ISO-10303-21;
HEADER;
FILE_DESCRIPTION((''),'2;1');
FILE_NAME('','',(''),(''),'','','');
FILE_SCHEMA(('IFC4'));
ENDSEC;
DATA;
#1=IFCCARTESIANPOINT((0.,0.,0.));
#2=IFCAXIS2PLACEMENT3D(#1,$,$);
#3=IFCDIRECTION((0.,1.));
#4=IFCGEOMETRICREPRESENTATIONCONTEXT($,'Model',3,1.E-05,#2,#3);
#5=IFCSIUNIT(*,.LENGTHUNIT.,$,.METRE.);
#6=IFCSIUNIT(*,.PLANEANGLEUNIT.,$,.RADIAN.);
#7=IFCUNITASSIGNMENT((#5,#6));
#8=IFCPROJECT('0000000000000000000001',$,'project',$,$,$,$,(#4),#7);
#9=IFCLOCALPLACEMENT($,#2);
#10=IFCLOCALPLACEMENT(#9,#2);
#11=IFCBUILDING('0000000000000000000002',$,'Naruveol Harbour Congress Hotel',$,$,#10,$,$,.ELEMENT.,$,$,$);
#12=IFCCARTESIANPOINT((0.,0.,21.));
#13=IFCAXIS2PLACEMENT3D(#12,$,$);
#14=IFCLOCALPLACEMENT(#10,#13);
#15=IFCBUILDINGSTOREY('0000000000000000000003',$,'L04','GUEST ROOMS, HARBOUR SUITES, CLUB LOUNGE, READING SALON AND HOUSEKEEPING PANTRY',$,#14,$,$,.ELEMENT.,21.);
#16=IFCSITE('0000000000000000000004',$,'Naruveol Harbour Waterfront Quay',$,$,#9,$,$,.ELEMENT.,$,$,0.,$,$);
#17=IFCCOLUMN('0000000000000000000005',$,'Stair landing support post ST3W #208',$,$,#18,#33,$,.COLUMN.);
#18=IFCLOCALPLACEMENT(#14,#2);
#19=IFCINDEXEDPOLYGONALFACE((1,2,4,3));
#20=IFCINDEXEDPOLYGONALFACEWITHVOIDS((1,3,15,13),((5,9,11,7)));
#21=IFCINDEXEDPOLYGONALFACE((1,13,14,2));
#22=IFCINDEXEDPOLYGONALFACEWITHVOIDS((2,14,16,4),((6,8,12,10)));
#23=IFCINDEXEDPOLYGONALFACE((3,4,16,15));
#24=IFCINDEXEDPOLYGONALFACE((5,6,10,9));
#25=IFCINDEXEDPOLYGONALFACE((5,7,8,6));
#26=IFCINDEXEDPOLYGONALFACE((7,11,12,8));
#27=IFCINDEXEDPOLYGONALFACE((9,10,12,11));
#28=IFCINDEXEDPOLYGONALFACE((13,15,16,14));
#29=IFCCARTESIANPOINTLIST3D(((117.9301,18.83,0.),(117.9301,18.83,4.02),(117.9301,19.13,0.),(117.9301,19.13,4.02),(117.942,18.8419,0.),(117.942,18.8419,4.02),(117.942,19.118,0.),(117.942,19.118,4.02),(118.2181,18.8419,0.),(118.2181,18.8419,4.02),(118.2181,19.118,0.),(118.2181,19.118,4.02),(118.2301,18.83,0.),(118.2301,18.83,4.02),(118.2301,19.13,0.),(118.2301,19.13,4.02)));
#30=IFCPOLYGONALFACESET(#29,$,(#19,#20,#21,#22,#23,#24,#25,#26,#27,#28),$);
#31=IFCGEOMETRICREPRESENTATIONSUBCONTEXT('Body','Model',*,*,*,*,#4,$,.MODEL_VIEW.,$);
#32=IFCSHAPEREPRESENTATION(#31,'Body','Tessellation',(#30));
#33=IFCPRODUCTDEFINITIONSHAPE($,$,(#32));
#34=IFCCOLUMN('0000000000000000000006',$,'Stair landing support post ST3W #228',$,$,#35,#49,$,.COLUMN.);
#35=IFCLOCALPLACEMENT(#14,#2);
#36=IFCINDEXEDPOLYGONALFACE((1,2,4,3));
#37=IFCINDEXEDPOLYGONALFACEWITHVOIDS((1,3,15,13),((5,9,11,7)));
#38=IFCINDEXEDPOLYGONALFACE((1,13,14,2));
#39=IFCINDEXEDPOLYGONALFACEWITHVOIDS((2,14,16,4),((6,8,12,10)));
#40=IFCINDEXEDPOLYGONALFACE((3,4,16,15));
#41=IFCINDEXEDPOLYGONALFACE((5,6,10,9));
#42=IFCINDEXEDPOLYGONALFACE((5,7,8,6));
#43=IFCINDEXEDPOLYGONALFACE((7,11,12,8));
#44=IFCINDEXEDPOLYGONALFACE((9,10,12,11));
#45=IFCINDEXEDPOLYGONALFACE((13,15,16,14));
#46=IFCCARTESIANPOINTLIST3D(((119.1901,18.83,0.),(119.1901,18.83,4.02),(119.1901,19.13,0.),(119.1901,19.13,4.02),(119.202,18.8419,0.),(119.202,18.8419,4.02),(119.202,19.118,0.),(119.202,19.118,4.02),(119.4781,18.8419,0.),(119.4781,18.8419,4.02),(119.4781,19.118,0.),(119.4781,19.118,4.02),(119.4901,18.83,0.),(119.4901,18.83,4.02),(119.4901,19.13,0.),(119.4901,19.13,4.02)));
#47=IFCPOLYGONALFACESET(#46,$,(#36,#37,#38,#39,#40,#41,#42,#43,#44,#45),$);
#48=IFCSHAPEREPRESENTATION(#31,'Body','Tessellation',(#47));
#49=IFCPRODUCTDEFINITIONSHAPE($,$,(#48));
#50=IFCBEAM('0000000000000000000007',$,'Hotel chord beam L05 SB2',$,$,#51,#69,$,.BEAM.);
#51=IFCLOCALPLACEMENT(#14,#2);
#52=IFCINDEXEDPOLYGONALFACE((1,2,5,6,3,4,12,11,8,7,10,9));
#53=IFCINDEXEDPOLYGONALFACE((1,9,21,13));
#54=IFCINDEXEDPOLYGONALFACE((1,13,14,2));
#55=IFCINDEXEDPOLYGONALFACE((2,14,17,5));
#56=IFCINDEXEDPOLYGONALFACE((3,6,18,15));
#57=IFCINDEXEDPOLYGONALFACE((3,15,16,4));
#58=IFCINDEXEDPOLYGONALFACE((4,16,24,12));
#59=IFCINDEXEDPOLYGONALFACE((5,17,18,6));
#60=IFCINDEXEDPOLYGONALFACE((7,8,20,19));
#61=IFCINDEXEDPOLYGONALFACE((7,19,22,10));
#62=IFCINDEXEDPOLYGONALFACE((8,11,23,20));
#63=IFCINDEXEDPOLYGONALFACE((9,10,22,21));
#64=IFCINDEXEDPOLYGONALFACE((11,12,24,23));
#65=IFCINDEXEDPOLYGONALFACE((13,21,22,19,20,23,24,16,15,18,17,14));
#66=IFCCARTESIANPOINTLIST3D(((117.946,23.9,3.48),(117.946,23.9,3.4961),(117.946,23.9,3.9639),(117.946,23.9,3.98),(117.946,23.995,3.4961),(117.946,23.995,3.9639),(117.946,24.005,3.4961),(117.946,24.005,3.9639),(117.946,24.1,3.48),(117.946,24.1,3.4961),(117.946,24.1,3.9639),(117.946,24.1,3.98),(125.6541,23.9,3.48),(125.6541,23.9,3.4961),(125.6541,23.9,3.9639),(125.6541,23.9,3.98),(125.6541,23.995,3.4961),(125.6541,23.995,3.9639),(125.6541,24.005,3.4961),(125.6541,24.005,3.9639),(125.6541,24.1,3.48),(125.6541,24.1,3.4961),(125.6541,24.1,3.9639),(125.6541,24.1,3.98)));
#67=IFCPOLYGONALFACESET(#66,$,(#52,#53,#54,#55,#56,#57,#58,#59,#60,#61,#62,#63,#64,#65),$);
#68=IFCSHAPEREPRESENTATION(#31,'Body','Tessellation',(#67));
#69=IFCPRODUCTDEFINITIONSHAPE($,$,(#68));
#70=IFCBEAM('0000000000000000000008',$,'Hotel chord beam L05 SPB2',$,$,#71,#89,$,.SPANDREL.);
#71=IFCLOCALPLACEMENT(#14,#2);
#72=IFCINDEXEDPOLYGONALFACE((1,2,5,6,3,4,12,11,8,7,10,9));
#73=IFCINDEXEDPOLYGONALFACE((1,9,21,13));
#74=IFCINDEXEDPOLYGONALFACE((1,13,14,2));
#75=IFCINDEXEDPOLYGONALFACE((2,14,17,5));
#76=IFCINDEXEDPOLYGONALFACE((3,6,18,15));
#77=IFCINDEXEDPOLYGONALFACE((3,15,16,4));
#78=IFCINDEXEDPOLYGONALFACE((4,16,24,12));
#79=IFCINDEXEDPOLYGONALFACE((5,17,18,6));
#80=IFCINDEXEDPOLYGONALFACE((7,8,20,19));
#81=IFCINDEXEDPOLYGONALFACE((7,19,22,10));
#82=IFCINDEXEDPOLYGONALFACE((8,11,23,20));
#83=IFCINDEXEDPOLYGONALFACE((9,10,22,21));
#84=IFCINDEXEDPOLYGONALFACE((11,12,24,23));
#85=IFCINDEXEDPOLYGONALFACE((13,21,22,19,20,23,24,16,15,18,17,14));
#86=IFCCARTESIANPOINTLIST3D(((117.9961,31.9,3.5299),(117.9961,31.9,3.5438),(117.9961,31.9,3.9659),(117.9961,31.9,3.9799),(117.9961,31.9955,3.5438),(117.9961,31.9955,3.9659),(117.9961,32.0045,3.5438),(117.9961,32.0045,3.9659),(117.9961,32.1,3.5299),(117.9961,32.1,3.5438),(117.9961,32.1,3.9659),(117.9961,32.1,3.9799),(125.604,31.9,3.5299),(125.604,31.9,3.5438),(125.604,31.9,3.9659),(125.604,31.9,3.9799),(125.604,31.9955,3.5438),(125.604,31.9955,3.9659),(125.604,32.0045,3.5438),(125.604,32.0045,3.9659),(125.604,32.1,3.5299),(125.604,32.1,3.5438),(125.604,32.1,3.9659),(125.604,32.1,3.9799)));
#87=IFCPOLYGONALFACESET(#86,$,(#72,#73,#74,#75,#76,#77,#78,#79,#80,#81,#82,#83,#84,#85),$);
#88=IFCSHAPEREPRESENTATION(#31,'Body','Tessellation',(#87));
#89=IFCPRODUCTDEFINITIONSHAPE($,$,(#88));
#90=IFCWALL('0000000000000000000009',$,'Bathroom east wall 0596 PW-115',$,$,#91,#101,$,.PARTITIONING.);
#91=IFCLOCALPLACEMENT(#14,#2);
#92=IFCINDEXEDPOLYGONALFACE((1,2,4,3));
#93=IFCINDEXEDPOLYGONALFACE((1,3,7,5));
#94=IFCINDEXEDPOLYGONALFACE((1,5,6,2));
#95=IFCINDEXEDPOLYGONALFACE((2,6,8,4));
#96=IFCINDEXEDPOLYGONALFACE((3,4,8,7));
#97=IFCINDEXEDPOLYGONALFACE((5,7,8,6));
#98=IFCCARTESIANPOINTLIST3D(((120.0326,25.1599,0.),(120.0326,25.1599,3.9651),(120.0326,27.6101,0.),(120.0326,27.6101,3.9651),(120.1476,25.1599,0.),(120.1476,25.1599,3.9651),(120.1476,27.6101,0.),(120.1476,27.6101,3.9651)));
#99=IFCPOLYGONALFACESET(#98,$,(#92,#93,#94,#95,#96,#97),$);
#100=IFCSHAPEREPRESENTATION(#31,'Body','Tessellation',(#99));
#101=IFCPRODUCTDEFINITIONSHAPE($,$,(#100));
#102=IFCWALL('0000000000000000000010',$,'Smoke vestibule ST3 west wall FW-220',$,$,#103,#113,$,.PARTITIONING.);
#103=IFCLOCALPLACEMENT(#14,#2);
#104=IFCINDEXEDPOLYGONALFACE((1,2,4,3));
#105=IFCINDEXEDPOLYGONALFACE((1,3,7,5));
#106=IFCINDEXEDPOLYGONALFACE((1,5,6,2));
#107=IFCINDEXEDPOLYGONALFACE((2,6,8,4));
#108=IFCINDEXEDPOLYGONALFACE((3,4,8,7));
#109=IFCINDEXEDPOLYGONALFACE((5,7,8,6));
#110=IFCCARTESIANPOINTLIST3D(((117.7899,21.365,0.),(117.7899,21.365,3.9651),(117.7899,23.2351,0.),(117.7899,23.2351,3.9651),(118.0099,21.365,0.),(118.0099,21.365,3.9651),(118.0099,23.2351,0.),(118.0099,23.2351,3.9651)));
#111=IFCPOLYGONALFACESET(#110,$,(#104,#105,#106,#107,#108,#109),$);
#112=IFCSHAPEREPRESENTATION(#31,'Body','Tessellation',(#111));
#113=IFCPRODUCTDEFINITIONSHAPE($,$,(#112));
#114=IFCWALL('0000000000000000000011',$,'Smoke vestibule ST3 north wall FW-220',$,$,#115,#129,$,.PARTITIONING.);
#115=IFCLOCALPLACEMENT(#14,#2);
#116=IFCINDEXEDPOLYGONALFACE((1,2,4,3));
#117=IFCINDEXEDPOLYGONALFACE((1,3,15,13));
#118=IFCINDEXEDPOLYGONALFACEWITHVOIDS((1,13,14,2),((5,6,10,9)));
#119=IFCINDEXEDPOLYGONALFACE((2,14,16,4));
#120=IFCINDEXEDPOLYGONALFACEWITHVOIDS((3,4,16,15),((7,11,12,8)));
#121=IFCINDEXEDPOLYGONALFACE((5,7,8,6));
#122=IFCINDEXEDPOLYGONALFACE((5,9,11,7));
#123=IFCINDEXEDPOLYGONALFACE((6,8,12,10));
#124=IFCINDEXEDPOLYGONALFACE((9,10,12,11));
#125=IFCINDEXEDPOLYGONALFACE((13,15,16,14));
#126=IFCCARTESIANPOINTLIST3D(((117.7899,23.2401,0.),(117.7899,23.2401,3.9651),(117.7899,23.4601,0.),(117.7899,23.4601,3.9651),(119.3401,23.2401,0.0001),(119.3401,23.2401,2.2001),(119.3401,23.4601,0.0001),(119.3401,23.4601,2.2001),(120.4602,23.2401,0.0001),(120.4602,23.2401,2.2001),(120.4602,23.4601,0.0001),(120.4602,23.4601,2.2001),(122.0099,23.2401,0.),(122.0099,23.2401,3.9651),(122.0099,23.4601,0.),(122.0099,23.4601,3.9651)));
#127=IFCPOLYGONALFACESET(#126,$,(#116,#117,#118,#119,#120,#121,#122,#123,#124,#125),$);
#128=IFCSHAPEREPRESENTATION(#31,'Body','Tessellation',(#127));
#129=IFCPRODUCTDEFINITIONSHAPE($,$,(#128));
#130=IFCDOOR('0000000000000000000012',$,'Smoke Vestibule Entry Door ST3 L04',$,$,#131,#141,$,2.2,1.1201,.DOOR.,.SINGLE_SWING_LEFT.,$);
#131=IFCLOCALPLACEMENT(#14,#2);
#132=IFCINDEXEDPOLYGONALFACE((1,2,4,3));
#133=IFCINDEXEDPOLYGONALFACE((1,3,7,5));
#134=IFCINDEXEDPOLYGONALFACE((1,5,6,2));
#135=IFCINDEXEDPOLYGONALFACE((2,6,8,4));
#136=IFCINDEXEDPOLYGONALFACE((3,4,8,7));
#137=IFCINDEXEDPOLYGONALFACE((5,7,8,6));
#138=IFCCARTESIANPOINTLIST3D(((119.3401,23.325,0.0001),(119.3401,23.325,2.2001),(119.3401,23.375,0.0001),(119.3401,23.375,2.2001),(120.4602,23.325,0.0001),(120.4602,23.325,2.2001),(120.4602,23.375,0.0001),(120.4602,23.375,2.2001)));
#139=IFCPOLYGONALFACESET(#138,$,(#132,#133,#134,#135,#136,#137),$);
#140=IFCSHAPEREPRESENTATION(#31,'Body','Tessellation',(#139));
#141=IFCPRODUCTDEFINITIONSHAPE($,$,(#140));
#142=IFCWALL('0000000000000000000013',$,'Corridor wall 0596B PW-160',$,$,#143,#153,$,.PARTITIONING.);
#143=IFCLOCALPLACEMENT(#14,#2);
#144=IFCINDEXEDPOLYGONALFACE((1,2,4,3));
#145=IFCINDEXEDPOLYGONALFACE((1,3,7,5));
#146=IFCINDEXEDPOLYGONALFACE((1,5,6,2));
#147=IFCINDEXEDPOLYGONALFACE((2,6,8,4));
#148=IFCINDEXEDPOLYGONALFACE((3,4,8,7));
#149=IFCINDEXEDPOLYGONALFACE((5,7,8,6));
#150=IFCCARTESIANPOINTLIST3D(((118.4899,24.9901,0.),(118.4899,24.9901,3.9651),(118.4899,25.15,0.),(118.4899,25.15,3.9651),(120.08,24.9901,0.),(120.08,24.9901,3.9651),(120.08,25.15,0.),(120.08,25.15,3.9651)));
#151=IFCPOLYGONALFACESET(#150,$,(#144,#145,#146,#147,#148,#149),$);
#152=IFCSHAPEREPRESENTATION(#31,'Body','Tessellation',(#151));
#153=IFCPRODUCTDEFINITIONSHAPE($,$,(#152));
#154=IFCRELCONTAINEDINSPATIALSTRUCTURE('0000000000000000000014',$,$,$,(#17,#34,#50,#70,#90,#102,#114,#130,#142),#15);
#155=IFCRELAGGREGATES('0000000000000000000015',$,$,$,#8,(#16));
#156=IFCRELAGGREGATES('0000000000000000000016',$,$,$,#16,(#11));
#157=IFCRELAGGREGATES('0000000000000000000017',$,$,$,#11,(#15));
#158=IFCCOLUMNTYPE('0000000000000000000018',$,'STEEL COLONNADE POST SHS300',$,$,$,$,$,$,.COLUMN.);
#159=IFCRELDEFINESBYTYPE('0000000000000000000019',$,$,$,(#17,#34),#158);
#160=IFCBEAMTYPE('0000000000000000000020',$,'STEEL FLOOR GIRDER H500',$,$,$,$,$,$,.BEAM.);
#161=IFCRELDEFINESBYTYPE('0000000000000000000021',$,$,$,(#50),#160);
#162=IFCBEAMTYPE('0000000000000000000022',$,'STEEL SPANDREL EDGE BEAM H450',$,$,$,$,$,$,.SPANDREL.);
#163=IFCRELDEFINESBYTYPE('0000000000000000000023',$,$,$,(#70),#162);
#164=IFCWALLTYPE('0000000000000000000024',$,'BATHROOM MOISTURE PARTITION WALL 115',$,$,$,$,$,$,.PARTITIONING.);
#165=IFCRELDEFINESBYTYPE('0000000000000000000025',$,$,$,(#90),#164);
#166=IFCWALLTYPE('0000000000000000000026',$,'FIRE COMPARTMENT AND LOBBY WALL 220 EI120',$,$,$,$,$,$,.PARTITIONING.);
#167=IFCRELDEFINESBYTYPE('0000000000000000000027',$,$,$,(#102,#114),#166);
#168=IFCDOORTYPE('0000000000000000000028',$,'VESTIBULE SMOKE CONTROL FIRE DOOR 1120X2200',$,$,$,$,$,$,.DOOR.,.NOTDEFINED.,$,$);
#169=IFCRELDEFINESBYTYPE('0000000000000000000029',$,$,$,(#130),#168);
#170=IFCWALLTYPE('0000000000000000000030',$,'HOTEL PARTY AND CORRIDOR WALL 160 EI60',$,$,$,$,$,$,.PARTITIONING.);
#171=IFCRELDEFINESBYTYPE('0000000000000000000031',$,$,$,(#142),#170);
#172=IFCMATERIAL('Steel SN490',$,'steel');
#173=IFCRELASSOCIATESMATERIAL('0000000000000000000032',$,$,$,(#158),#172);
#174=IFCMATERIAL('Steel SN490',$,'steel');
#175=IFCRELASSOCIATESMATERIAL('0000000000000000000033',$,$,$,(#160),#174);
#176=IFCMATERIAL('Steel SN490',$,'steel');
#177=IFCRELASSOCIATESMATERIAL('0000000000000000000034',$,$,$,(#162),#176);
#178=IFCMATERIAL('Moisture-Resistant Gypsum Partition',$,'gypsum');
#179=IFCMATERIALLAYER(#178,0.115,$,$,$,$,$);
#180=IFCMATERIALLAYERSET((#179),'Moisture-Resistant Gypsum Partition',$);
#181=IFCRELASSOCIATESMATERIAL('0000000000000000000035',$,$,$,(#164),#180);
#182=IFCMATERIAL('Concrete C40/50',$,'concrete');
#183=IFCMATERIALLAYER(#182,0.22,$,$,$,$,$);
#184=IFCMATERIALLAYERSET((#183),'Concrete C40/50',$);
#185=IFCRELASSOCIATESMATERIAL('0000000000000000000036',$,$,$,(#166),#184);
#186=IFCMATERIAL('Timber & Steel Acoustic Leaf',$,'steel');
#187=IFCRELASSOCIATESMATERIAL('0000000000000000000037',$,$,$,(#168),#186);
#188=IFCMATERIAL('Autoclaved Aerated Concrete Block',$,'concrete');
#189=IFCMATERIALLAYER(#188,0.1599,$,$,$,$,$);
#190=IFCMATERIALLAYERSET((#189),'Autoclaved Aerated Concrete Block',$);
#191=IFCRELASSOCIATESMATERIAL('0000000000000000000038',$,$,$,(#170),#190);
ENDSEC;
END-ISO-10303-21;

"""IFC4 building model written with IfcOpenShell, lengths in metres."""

from ifc_helpers import new_model, si_unit, direction, frame, frame_2d, origin, origin_2d, place, context, subcontext, project, spatial, rectangle, hollow_rectangle, i_section, extrude, material, layer, layer_set, material_profile, profile_set, type_object, element, fill, save


model = new_model("IFC4")

# Units and contexts
model_context = context("Model", 3, precision=1e-05, world=origin(), true_north=direction((0.0, 1.0)))
body_context = subcontext(model_context, "Body", "Model", "MODEL_VIEW")
ifc_project = project(units=[si_unit("LENGTHUNIT", "METRE"), si_unit("PLANEANGLEUNIT", "RADIAN")], contexts=[model_context])

# Site, building, storey
site_placement = place(None, origin())
site = spatial("IfcSite", under=ifc_project, at=site_placement, Name="Naruveol Harbour Waterfront Quay", CompositionType="ELEMENT", RefElevation=0.0)
building_placement = place(site_placement, origin())
building = spatial("IfcBuilding", under=site, at=building_placement, Name="Naruveol Harbour Congress Hotel", CompositionType="ELEMENT")
storey_placement = place(building_placement, frame((0.0, 0.0, 21.0)))
storey = spatial("IfcBuildingStorey", under=building, at=storey_placement, Name="L04", Description="GUEST ROOMS, HARBOUR SUITES, CLUB LOUNGE, READING SALON AND HOUSEKEEPING PANTRY", CompositionType="ELEMENT", Elevation=21.0)

# Columns
ifc_material_1 = material(Name="Steel SN490", Category="steel")
ifc_material_profile_1 = material_profile(ifc_material_1, hollow_rectangle(XDim=0.3, YDim=0.3, WallThickness=0.012, at=origin_2d()), Name="SHS-300x300x12")
ifc_profile_set_1 = profile_set([ifc_material_profile_1], Name="Steel SN490")
column_type = type_object("IfcColumnType", Name="STEEL COLONNADE POST SHS300", PredefinedType="COLUMN", material=ifc_profile_set_1)
for number, where, z_axis, x_axis, name in (
    (1, (118.0801, 18.98, 0.0), (0.0, 0.0, 1.0), (1.0, 0.0, 0.0), "Stair landing support post ST3W #208"),
    (2, (119.3401, 18.98, 0.0), (0.0, 0.0, 1.0), (1.0, 0.0, 0.0), "Stair landing support post ST3W #228"),
):
    element("IfcColumn", number, at=place(storey_placement, frame(where, z_axis=z_axis, x_axis=x_axis)), inside=storey, type_object=column_type, Name=name, PredefinedType="COLUMN", context=body_context, shape_type="SweptSolid", body=[
        extrude(hollow_rectangle(XDim=0.3, YDim=0.3, WallThickness=0.012, at=origin_2d()), origin(), (0.0, 0.0, 1.0), 4.02),
    ])

# Beams
ifc_material_2 = material(Name="Steel SN490", Category="steel")
ifc_material_profile_2 = material_profile(ifc_material_2, i_section(OverallWidth=0.2, OverallDepth=0.5, WebThickness=0.01, FlangeThickness=0.0161, at=origin_2d()), Name="H-500x200x10x16")
ifc_profile_set_2 = profile_set([ifc_material_profile_2], Name="Steel SN490")
beam_type_1 = type_object("IfcBeamType", Name="STEEL FLOOR GIRDER H500", PredefinedType="BEAM", material=ifc_profile_set_2)
beam_1_placement = place(storey_placement, frame((117.946, 24.0, 3.73), z_axis=(1.0, 0.0, 0.0), x_axis=(0.0, 1.0, 0.0)))
element("IfcBeam", 3, at=beam_1_placement, inside=storey, type_object=beam_type_1, Name="Hotel chord beam L05 SB2", PredefinedType="BEAM", context=body_context, shape_type="SweptSolid", body=[
    extrude(i_section(OverallWidth=0.2, OverallDepth=0.5, WebThickness=0.01, FlangeThickness=0.0161, at=origin_2d()), origin(), (0.0, 0.0, 1.0), 7.708),
])
ifc_material_3 = material(Name="Steel SN490", Category="steel")
ifc_material_profile_3 = material_profile(ifc_material_3, i_section(OverallWidth=0.2, OverallDepth=0.45, WebThickness=0.009, FlangeThickness=0.0139, at=origin_2d()), Name="H-450x200x9x14")
ifc_profile_set_3 = profile_set([ifc_material_profile_3], Name="Steel SN490")
beam_type_2 = type_object("IfcBeamType", Name="STEEL SPANDREL EDGE BEAM H450", PredefinedType="SPANDREL", material=ifc_profile_set_3)
beam_2_placement = place(storey_placement, frame((117.9961, 32.0, 3.7549), z_axis=(1.0, 0.0, 0.0), x_axis=(0.0, 1.0, 0.0)))
element("IfcBeam", 4, at=beam_2_placement, inside=storey, type_object=beam_type_2, Name="Hotel chord beam L05 SPB2", PredefinedType="SPANDREL", context=body_context, shape_type="SweptSolid", body=[
    extrude(i_section(OverallWidth=0.2, OverallDepth=0.45, WebThickness=0.009, FlangeThickness=0.0139, at=origin_2d()), origin(), (0.0, 0.0, 1.0), 7.6079),
])

# Wall
ifc_material_4 = material(Name="Moisture-Resistant Gypsum Partition", Category="gypsum")
ifc_layer_1 = layer(ifc_material_4, 0.115)
ifc_layer_set_1 = layer_set([ifc_layer_1], Name="Moisture-Resistant Gypsum Partition")
wall_type_1 = type_object("IfcWallType", Name="BATHROOM MOISTURE PARTITION WALL 115", PredefinedType="PARTITIONING", material=ifc_layer_set_1)
wall_1_placement = place(storey_placement, frame((120.0901, 25.1599, 0.0), z_axis=(0.0, 0.0, 1.0), x_axis=(0.0, 1.0, 0.0)))
element("IfcWall", 5, at=wall_1_placement, inside=storey, type_object=wall_type_1, Name="Bathroom east wall 0596 PW-115", PredefinedType="PARTITIONING", context=body_context, shape_type="SweptSolid", body=[
    extrude(rectangle(XDim=2.4502, YDim=0.115, at=frame_2d((1.2251, 0.0))), origin(), (0.0, 0.0, 1.0), 3.9651),
])

# Wall
ifc_material_5 = material(Name="Concrete C40/50", Category="concrete")
ifc_layer_2 = layer(ifc_material_5, 0.22)
ifc_layer_set_2 = layer_set([ifc_layer_2], Name="Concrete C40/50")
wall_type_2 = type_object("IfcWallType", Name="FIRE COMPARTMENT AND LOBBY WALL 220 EI120", PredefinedType="PARTITIONING", material=ifc_layer_set_2)
wall_2_placement = place(storey_placement, frame((117.8999, 21.365, 0.0), z_axis=(0.0, 0.0, 1.0), x_axis=(0.0, 1.0, 0.0)))
element("IfcWall", 6, at=wall_2_placement, inside=storey, type_object=wall_type_2, Name="Smoke vestibule ST3 west wall FW-220", PredefinedType="PARTITIONING", context=body_context, shape_type="SweptSolid", body=[
    extrude(rectangle(XDim=1.8701, YDim=0.22, at=frame_2d((0.9351, 0.0))), origin(), (0.0, 0.0, 1.0), 3.9651),
])

# Wall, opening, door
wall_3_placement = place(storey_placement, frame((117.79, 23.3501, 0.0), z_axis=(0.0, 0.0, 1.0), x_axis=(1.0, 0.0, 0.0)))
wall_3 = element("IfcWall", 7, at=wall_3_placement, inside=storey, type_object=wall_type_2, Name="Smoke vestibule ST3 north wall FW-220", PredefinedType="PARTITIONING", context=body_context, shape_type="SweptSolid", body=[
    extrude(rectangle(XDim=4.22, YDim=0.22, at=frame_2d((2.1099, 0.0))), origin(), (0.0, 0.0, 1.0), 3.9651),
])
opening_1_placement = place(wall_3_placement, frame((1.55, 0.0, 0.0)))
opening_1 = element("IfcOpeningElement", 8, at=opening_1_placement, cuts=wall_3, PredefinedType="OPENING", context=body_context, shape_type="SweptSolid", body=[
    extrude(rectangle(XDim=1.1201, YDim=2.2, at=frame_2d((0.5601, 1.1001))), frame((0.0, 0.1199, 0.0), z_axis=(0.0, -1.0, 0.0), x_axis=(1.0, 0.0, 0.0)), (0.0, 0.0, 1.0), 0.24),
])
ifc_material_6 = material(Name="Timber & Steel Acoustic Leaf", Category="steel")
door_type_1 = type_object("IfcDoorType", Name="VESTIBULE SMOKE CONTROL FIRE DOOR 1120X2200", OperationType="NOTDEFINED", PredefinedType="DOOR", material=ifc_material_6)
door_1_placement = place(opening_1_placement, origin())
door_1 = element("IfcDoor", 9, at=door_1_placement, inside=storey, type_object=door_type_1, Name="Smoke Vestibule Entry Door ST3 L04", OperationType="SINGLE_SWING_LEFT", OverallHeight=2.2, OverallWidth=1.1201, PredefinedType="DOOR", context=body_context, shape_type="SweptSolid", body=[
    extrude(rectangle(XDim=1.1201, YDim=2.2, at=frame_2d((0.5601, 1.1001))), frame((0.0, 0.0249, 0.0), z_axis=(0.0, -1.0, 0.0), x_axis=(1.0, 0.0, 0.0)), (0.0, 0.0, 1.0), 0.05),
])
fill(opening_1, door_1)

# Wall
ifc_material_7 = material(Name="Autoclaved Aerated Concrete Block", Category="concrete")
ifc_layer_3 = layer(ifc_material_7, 0.1599)
ifc_layer_set_3 = layer_set([ifc_layer_3], Name="Autoclaved Aerated Concrete Block")
wall_type_3 = type_object("IfcWallType", Name="HOTEL PARTY AND CORRIDOR WALL 160 EI60", PredefinedType="PARTITIONING", material=ifc_layer_set_3)
wall_4_placement = place(storey_placement, frame((118.49, 25.0701, 0.0), z_axis=(0.0, 0.0, 1.0), x_axis=(1.0, 0.0, 0.0)))
element("IfcWall", 10, at=wall_4_placement, inside=storey, type_object=wall_type_3, Name="Corridor wall 0596B PW-160", PredefinedType="PARTITIONING", context=body_context, shape_type="SweptSolid", body=[
    extrude(rectangle(XDim=1.5901, YDim=0.1599, at=frame_2d((0.7949, 0.0))), origin(), (0.0, 0.0, 1.0), 3.9651),
])

save(model, "model.ifc")
